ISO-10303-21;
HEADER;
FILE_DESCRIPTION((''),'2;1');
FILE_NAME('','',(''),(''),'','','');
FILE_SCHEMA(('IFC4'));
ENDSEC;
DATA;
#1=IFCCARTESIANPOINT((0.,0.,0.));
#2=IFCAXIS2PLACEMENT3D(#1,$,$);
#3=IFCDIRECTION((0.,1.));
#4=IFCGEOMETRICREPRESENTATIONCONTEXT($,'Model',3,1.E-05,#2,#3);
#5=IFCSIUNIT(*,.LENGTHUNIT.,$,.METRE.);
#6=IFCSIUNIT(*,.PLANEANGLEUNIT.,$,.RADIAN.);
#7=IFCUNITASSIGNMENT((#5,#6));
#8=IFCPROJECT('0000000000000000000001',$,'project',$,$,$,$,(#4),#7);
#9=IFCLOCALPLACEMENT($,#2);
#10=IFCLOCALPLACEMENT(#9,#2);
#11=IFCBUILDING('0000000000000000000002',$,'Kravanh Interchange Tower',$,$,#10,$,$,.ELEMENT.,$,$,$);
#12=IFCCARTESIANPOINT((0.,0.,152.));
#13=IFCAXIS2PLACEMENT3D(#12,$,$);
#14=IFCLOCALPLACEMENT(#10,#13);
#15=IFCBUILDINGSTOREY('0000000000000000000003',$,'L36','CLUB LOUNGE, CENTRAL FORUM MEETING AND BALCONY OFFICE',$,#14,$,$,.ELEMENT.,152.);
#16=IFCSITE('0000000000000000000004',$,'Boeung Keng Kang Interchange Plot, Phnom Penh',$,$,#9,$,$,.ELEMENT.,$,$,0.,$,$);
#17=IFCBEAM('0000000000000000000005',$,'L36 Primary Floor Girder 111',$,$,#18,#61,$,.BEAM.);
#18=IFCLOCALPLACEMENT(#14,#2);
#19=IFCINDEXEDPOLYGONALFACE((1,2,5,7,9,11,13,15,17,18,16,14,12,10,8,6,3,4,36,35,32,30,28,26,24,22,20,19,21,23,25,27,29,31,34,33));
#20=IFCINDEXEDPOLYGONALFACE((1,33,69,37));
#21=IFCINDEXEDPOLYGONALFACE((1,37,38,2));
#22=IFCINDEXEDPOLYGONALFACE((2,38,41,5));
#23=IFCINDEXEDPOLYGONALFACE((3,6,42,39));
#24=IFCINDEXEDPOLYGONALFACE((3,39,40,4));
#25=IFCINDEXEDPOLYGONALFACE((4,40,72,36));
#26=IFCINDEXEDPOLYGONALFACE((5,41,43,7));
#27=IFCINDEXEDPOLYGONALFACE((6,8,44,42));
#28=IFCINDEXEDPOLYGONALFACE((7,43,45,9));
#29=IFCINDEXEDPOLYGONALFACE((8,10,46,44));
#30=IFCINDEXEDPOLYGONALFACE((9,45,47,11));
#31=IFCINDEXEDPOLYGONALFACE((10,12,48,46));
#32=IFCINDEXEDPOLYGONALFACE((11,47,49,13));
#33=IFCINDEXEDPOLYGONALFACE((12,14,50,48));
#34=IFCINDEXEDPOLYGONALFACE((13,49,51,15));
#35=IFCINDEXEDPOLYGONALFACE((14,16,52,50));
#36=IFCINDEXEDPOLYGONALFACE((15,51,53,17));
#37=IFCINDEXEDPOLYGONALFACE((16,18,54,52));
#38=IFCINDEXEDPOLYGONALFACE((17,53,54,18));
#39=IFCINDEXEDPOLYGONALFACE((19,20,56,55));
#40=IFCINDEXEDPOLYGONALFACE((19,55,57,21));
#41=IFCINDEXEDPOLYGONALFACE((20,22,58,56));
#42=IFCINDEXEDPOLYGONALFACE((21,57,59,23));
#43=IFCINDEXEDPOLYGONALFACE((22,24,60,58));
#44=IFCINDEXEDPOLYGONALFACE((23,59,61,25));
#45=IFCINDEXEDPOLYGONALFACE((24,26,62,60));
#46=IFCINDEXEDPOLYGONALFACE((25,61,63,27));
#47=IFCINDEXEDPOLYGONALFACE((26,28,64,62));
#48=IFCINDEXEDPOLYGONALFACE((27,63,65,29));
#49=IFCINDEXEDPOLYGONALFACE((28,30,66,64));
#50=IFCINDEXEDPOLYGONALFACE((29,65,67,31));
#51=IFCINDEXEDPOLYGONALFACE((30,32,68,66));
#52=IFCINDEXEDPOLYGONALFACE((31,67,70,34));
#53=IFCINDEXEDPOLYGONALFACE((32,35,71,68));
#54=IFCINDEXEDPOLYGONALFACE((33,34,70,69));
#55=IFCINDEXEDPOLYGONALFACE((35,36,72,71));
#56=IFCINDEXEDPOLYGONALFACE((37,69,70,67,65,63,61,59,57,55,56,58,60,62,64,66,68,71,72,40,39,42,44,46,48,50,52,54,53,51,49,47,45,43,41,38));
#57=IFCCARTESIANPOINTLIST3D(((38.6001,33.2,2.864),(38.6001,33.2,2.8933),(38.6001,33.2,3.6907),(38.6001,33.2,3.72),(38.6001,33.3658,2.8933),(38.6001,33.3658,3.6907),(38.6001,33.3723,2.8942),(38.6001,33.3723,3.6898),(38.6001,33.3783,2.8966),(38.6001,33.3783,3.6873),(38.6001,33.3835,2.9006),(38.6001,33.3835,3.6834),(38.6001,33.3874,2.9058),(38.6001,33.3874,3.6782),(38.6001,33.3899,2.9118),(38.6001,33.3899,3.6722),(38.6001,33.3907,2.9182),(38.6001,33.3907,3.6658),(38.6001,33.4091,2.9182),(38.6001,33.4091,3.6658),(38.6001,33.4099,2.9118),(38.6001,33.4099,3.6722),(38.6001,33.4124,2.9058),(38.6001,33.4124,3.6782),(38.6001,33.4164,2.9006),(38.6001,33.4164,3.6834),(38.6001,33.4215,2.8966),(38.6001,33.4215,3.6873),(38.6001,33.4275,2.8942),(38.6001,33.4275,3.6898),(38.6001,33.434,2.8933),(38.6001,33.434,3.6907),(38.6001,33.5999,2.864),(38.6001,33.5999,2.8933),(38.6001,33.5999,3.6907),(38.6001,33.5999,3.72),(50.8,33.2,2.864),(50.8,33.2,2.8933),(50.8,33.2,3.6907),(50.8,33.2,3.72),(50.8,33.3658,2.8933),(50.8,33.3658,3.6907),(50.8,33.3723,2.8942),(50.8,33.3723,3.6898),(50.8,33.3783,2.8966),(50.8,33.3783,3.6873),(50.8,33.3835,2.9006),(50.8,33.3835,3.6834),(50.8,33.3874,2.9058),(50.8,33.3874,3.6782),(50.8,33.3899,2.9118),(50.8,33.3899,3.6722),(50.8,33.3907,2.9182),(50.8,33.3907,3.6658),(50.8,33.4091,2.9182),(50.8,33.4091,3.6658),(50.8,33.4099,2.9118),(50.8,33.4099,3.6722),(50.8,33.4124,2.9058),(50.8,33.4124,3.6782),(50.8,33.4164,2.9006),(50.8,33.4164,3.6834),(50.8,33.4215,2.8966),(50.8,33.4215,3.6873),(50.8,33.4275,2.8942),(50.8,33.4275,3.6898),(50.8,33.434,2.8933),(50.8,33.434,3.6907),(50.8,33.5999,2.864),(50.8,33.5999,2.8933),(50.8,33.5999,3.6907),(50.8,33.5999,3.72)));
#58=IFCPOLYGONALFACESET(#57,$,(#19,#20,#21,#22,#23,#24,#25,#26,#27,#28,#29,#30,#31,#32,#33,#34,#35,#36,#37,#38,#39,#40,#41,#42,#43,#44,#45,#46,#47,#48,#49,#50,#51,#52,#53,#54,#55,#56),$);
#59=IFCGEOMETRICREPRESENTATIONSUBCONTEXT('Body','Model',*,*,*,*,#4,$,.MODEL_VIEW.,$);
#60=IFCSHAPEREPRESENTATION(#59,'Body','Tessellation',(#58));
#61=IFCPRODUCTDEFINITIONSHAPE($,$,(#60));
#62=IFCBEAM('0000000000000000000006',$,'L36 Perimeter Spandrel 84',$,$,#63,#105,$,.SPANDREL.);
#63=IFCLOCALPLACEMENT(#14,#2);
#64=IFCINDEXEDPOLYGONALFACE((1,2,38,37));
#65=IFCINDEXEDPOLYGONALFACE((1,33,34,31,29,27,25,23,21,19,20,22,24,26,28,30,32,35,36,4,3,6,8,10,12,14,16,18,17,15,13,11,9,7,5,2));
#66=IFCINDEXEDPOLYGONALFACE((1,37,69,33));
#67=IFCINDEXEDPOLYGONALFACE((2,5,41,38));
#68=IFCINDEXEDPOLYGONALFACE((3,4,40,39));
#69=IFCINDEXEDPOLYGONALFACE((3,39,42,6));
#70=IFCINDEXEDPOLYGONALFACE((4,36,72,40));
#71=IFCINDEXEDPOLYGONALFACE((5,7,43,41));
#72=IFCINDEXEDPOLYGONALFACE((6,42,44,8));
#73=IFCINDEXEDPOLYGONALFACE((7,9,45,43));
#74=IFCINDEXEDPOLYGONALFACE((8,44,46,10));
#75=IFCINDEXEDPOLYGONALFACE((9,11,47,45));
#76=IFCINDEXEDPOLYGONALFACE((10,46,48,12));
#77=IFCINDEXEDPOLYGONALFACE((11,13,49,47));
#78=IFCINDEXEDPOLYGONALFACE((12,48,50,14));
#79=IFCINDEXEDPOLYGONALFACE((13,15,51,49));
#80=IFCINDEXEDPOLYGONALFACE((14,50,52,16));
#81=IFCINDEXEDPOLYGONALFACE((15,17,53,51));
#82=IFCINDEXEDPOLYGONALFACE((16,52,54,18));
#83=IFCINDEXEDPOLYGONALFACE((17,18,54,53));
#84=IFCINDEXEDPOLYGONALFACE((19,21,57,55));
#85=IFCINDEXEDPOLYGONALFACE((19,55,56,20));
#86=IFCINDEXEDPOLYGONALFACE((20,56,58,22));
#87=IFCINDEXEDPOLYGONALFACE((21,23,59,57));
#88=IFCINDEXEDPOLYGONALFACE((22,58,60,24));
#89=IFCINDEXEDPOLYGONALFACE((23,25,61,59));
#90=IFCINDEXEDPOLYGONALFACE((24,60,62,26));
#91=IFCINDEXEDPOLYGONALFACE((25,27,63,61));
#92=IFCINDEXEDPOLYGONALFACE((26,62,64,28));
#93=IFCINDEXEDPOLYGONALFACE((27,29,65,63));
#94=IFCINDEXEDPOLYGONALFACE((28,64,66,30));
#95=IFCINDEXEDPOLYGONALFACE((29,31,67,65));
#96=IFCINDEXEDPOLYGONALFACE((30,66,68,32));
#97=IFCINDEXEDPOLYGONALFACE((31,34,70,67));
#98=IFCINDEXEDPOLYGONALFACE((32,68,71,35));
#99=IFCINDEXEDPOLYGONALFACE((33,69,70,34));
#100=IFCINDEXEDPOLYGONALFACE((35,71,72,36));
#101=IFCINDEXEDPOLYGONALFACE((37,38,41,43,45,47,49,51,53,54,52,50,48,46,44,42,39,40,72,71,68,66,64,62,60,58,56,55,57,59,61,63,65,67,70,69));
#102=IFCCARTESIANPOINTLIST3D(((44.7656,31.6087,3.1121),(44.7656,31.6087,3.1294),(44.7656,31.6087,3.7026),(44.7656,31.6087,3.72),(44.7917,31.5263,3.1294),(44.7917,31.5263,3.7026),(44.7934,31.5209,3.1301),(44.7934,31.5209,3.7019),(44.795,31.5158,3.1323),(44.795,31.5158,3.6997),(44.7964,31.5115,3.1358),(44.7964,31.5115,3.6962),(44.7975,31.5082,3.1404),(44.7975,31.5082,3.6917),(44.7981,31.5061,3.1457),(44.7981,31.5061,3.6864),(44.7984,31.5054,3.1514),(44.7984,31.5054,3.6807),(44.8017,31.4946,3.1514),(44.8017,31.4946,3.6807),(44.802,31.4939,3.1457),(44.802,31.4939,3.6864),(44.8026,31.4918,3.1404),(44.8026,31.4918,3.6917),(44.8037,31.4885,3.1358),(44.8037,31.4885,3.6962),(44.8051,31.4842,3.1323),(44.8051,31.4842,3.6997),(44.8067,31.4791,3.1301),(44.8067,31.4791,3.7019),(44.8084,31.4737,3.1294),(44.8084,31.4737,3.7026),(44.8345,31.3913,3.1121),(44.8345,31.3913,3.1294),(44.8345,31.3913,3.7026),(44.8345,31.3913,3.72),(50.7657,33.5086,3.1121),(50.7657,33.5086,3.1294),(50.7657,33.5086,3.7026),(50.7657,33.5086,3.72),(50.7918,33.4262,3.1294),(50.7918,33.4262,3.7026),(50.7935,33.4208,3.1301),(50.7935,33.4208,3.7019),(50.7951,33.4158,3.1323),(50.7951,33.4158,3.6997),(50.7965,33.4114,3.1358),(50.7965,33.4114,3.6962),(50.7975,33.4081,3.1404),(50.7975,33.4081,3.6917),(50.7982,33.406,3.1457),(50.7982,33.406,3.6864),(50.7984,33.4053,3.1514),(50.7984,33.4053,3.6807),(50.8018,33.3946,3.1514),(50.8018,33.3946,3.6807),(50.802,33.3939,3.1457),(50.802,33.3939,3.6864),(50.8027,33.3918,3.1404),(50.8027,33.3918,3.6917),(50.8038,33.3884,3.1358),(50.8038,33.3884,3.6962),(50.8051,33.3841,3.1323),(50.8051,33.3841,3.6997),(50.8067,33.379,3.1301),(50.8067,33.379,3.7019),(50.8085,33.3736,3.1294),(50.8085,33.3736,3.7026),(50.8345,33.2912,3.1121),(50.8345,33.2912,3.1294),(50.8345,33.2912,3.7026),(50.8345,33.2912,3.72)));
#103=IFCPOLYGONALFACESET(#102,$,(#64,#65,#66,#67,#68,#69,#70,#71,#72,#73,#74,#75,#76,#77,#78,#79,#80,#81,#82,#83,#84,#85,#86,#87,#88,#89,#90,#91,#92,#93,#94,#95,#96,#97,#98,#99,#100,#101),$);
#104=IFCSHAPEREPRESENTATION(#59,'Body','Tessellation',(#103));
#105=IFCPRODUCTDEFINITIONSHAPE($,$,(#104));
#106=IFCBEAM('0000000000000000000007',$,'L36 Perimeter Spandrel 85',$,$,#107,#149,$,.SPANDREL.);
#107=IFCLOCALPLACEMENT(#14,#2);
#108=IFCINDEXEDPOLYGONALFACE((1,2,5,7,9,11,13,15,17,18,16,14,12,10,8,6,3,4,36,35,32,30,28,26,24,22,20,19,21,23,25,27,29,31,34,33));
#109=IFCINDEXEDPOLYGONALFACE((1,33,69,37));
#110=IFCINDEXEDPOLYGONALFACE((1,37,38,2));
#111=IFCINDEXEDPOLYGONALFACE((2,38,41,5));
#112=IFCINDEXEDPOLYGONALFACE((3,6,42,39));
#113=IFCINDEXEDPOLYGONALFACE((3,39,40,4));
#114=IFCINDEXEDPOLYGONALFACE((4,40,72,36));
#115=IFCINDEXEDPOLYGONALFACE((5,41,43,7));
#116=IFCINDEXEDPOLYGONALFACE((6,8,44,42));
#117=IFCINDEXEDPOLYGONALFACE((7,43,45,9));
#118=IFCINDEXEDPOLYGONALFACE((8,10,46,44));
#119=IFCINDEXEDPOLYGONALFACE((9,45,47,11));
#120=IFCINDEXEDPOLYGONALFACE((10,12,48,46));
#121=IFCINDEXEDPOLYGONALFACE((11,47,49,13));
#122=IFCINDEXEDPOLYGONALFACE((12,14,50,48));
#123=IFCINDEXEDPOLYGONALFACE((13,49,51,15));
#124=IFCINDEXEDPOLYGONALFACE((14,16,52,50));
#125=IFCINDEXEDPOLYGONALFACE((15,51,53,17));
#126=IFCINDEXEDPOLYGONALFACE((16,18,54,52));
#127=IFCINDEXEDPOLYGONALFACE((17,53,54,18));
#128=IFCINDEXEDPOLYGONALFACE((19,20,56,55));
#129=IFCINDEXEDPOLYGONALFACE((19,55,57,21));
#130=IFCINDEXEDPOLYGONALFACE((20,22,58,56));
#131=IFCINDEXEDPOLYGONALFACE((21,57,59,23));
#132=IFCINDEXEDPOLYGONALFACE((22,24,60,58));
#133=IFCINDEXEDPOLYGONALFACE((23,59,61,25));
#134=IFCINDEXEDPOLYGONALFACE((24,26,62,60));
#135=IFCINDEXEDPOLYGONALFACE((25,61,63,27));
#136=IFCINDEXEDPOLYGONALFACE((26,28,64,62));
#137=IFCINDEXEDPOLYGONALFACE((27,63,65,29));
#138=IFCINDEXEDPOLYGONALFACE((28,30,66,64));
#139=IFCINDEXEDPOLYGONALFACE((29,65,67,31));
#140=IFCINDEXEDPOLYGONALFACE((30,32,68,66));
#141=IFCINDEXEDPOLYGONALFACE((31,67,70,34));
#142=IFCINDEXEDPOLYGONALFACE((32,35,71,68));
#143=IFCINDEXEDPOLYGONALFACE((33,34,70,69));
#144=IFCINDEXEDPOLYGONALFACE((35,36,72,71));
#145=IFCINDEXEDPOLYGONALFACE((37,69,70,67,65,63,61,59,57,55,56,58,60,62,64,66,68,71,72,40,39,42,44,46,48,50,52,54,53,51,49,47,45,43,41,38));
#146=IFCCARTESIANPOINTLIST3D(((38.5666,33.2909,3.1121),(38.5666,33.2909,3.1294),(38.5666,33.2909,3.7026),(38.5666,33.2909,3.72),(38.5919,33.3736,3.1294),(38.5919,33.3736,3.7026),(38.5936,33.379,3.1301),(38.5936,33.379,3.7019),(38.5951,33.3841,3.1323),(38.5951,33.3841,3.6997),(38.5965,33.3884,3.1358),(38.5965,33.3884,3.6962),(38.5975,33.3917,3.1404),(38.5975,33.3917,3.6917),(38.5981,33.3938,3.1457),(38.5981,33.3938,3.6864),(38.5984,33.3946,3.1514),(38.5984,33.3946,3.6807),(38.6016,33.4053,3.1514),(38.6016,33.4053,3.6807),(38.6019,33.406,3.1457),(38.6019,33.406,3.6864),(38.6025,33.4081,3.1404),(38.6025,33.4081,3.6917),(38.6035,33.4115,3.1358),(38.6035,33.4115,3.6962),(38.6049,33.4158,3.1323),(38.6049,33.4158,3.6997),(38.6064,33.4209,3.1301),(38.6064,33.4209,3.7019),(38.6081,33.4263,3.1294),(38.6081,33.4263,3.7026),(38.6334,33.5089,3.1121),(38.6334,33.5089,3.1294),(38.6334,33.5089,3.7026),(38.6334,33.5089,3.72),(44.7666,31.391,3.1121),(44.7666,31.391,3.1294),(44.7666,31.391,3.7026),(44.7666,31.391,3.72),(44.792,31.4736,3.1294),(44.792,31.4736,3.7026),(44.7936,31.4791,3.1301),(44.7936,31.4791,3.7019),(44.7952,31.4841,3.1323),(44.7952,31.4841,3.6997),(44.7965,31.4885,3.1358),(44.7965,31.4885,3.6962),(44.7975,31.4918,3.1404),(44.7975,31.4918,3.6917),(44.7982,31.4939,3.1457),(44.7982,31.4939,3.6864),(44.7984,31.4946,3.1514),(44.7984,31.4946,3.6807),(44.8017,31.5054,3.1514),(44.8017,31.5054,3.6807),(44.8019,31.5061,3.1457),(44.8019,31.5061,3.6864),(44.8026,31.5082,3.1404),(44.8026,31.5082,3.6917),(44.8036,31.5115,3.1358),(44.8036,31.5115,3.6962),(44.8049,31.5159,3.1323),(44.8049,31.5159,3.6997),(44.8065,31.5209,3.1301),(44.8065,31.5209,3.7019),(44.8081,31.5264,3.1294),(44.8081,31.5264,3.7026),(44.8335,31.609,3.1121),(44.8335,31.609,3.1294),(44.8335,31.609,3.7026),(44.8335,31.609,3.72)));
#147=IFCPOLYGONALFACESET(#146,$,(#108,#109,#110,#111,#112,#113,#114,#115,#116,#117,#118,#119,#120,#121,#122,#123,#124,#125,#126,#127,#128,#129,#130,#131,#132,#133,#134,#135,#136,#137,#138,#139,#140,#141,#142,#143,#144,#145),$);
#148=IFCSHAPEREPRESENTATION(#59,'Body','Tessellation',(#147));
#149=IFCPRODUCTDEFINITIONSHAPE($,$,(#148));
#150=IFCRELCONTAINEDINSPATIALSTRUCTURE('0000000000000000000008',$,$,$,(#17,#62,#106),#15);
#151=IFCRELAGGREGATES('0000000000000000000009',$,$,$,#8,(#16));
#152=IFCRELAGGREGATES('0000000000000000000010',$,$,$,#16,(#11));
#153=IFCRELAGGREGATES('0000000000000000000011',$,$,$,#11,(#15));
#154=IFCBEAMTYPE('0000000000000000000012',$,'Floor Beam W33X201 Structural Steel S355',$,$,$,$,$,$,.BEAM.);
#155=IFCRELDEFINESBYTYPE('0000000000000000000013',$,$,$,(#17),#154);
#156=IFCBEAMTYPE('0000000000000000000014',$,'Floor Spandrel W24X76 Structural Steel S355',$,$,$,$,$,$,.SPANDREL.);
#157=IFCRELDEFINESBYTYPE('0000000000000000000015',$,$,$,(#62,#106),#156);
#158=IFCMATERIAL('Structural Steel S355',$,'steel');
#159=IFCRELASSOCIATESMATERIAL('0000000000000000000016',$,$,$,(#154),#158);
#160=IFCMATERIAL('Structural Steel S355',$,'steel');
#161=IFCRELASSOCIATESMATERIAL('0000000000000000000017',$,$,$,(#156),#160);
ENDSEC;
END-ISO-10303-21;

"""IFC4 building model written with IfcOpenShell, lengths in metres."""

from ifc_helpers import new_model, si_unit, direction, frame, origin, origin_2d, place, context, subcontext, project, spatial, i_section, extrude, material, material_profile, profile_set, type_object, element, save


model = new_model("IFC4")

# Units and contexts
model_context = context("Model", 3, precision=1e-05, world=origin(), true_north=direction((0.0, 1.0)))
body_context = subcontext(model_context, "Body", "Model", "MODEL_VIEW")
ifc_project = project(units=[si_unit("LENGTHUNIT", "METRE"), si_unit("PLANEANGLEUNIT", "RADIAN")], contexts=[model_context])

# Site, building, storey
site_placement = place(None, origin())
site = spatial("IfcSite", under=ifc_project, at=site_placement, Name="Boeung Keng Kang Interchange Plot, Phnom Penh", CompositionType="ELEMENT", RefElevation=0.0)
building_placement = place(site_placement, origin())
building = spatial("IfcBuilding", under=site, at=building_placement, Name="Kravanh Interchange Tower", CompositionType="ELEMENT")
storey_placement = place(building_placement, frame((0.0, 0.0, 152.0)))
storey = spatial("IfcBuildingStorey", under=building, at=storey_placement, Name="L36", Description="CLUB LOUNGE, CENTRAL FORUM MEETING AND BALCONY OFFICE", CompositionType="ELEMENT", Elevation=152.0)

# Beams
ifc_material_1 = material(Name="Structural Steel S355", Category="steel")
ifc_material_profile_1 = material_profile(ifc_material_1, i_section(OverallWidth=0.3999, OverallDepth=0.856, WebThickness=0.0183, FlangeThickness=0.0293, FilletRadius=0.0249, at=origin_2d()), Name="W33X201")
ifc_profile_set_1 = profile_set([ifc_material_profile_1], Name="Structural Steel S355")
beam_type_1 = type_object("IfcBeamType", Name="Floor Beam W33X201 Structural Steel S355", PredefinedType="BEAM", material=ifc_profile_set_1)
beam_1_placement = place(storey_placement, frame((38.6001, 33.3999, 3.292), z_axis=(1.0, 0.0, 0.0), x_axis=(0.0, 1.0, 0.0)))
element("IfcBeam", 1, at=beam_1_placement, inside=storey, type_object=beam_type_1, Name="L36 Primary Floor Girder 111", PredefinedType="BEAM", context=body_context, shape_type="SweptSolid", body=[
    extrude(i_section(OverallWidth=0.3999, OverallDepth=0.856, WebThickness=0.0183, FlangeThickness=0.0293, FilletRadius=0.0249, at=origin_2d()), origin(), (0.0, 0.0, 1.0), 12.2),
])
ifc_material_2 = material(Name="Structural Steel S355", Category="steel")
ifc_material_profile_2 = material_profile(ifc_material_2, i_section(OverallWidth=0.228, OverallDepth=0.6079, WebThickness=0.0112, FlangeThickness=0.0173, FilletRadius=0.022, at=origin_2d()), Name="W24X76")
ifc_profile_set_2 = profile_set([ifc_material_profile_2], Name="Structural Steel S355")
beam_type_2 = type_object("IfcBeamType", Name="Floor Spandrel W24X76 Structural Steel S355", PredefinedType="SPANDREL", material=ifc_profile_set_2)
beam_2_placement = place(storey_placement, frame((44.8, 31.5, 3.416), z_axis=(0.953347, 0.301878, 0.0), x_axis=(-0.301878, 0.953347, 0.0)))
element("IfcBeam", 2, at=beam_2_placement, inside=storey, type_object=beam_type_2, Name="L36 Perimeter Spandrel 84", PredefinedType="SPANDREL", context=body_context, shape_type="SweptSolid", body=[
    extrude(i_section(OverallWidth=0.228, OverallDepth=0.6079, WebThickness=0.0112, FlangeThickness=0.0173, FilletRadius=0.022, at=origin_2d()), origin(), (0.0, 0.0, 1.0), 6.2937),
])
beam_3_placement = place(storey_placement, frame((44.8, 31.5, 3.416), z_axis=(-0.956115, 0.29299, 0.0), x_axis=(-0.29299, -0.956115, 0.0)))
element("IfcBeam", 3, at=beam_3_placement, inside=storey, type_object=beam_type_2, Name="L36 Perimeter Spandrel 85", PredefinedType="SPANDREL", context=body_context, shape_type="SweptSolid", body=[
    extrude(i_section(OverallWidth=0.228, OverallDepth=0.6079, WebThickness=0.0112, FlangeThickness=0.0173, FilletRadius=0.022, at=origin_2d()), origin(), (0.0, 0.0, 1.0), 6.4846),
])

save(model, "model.ifc")
